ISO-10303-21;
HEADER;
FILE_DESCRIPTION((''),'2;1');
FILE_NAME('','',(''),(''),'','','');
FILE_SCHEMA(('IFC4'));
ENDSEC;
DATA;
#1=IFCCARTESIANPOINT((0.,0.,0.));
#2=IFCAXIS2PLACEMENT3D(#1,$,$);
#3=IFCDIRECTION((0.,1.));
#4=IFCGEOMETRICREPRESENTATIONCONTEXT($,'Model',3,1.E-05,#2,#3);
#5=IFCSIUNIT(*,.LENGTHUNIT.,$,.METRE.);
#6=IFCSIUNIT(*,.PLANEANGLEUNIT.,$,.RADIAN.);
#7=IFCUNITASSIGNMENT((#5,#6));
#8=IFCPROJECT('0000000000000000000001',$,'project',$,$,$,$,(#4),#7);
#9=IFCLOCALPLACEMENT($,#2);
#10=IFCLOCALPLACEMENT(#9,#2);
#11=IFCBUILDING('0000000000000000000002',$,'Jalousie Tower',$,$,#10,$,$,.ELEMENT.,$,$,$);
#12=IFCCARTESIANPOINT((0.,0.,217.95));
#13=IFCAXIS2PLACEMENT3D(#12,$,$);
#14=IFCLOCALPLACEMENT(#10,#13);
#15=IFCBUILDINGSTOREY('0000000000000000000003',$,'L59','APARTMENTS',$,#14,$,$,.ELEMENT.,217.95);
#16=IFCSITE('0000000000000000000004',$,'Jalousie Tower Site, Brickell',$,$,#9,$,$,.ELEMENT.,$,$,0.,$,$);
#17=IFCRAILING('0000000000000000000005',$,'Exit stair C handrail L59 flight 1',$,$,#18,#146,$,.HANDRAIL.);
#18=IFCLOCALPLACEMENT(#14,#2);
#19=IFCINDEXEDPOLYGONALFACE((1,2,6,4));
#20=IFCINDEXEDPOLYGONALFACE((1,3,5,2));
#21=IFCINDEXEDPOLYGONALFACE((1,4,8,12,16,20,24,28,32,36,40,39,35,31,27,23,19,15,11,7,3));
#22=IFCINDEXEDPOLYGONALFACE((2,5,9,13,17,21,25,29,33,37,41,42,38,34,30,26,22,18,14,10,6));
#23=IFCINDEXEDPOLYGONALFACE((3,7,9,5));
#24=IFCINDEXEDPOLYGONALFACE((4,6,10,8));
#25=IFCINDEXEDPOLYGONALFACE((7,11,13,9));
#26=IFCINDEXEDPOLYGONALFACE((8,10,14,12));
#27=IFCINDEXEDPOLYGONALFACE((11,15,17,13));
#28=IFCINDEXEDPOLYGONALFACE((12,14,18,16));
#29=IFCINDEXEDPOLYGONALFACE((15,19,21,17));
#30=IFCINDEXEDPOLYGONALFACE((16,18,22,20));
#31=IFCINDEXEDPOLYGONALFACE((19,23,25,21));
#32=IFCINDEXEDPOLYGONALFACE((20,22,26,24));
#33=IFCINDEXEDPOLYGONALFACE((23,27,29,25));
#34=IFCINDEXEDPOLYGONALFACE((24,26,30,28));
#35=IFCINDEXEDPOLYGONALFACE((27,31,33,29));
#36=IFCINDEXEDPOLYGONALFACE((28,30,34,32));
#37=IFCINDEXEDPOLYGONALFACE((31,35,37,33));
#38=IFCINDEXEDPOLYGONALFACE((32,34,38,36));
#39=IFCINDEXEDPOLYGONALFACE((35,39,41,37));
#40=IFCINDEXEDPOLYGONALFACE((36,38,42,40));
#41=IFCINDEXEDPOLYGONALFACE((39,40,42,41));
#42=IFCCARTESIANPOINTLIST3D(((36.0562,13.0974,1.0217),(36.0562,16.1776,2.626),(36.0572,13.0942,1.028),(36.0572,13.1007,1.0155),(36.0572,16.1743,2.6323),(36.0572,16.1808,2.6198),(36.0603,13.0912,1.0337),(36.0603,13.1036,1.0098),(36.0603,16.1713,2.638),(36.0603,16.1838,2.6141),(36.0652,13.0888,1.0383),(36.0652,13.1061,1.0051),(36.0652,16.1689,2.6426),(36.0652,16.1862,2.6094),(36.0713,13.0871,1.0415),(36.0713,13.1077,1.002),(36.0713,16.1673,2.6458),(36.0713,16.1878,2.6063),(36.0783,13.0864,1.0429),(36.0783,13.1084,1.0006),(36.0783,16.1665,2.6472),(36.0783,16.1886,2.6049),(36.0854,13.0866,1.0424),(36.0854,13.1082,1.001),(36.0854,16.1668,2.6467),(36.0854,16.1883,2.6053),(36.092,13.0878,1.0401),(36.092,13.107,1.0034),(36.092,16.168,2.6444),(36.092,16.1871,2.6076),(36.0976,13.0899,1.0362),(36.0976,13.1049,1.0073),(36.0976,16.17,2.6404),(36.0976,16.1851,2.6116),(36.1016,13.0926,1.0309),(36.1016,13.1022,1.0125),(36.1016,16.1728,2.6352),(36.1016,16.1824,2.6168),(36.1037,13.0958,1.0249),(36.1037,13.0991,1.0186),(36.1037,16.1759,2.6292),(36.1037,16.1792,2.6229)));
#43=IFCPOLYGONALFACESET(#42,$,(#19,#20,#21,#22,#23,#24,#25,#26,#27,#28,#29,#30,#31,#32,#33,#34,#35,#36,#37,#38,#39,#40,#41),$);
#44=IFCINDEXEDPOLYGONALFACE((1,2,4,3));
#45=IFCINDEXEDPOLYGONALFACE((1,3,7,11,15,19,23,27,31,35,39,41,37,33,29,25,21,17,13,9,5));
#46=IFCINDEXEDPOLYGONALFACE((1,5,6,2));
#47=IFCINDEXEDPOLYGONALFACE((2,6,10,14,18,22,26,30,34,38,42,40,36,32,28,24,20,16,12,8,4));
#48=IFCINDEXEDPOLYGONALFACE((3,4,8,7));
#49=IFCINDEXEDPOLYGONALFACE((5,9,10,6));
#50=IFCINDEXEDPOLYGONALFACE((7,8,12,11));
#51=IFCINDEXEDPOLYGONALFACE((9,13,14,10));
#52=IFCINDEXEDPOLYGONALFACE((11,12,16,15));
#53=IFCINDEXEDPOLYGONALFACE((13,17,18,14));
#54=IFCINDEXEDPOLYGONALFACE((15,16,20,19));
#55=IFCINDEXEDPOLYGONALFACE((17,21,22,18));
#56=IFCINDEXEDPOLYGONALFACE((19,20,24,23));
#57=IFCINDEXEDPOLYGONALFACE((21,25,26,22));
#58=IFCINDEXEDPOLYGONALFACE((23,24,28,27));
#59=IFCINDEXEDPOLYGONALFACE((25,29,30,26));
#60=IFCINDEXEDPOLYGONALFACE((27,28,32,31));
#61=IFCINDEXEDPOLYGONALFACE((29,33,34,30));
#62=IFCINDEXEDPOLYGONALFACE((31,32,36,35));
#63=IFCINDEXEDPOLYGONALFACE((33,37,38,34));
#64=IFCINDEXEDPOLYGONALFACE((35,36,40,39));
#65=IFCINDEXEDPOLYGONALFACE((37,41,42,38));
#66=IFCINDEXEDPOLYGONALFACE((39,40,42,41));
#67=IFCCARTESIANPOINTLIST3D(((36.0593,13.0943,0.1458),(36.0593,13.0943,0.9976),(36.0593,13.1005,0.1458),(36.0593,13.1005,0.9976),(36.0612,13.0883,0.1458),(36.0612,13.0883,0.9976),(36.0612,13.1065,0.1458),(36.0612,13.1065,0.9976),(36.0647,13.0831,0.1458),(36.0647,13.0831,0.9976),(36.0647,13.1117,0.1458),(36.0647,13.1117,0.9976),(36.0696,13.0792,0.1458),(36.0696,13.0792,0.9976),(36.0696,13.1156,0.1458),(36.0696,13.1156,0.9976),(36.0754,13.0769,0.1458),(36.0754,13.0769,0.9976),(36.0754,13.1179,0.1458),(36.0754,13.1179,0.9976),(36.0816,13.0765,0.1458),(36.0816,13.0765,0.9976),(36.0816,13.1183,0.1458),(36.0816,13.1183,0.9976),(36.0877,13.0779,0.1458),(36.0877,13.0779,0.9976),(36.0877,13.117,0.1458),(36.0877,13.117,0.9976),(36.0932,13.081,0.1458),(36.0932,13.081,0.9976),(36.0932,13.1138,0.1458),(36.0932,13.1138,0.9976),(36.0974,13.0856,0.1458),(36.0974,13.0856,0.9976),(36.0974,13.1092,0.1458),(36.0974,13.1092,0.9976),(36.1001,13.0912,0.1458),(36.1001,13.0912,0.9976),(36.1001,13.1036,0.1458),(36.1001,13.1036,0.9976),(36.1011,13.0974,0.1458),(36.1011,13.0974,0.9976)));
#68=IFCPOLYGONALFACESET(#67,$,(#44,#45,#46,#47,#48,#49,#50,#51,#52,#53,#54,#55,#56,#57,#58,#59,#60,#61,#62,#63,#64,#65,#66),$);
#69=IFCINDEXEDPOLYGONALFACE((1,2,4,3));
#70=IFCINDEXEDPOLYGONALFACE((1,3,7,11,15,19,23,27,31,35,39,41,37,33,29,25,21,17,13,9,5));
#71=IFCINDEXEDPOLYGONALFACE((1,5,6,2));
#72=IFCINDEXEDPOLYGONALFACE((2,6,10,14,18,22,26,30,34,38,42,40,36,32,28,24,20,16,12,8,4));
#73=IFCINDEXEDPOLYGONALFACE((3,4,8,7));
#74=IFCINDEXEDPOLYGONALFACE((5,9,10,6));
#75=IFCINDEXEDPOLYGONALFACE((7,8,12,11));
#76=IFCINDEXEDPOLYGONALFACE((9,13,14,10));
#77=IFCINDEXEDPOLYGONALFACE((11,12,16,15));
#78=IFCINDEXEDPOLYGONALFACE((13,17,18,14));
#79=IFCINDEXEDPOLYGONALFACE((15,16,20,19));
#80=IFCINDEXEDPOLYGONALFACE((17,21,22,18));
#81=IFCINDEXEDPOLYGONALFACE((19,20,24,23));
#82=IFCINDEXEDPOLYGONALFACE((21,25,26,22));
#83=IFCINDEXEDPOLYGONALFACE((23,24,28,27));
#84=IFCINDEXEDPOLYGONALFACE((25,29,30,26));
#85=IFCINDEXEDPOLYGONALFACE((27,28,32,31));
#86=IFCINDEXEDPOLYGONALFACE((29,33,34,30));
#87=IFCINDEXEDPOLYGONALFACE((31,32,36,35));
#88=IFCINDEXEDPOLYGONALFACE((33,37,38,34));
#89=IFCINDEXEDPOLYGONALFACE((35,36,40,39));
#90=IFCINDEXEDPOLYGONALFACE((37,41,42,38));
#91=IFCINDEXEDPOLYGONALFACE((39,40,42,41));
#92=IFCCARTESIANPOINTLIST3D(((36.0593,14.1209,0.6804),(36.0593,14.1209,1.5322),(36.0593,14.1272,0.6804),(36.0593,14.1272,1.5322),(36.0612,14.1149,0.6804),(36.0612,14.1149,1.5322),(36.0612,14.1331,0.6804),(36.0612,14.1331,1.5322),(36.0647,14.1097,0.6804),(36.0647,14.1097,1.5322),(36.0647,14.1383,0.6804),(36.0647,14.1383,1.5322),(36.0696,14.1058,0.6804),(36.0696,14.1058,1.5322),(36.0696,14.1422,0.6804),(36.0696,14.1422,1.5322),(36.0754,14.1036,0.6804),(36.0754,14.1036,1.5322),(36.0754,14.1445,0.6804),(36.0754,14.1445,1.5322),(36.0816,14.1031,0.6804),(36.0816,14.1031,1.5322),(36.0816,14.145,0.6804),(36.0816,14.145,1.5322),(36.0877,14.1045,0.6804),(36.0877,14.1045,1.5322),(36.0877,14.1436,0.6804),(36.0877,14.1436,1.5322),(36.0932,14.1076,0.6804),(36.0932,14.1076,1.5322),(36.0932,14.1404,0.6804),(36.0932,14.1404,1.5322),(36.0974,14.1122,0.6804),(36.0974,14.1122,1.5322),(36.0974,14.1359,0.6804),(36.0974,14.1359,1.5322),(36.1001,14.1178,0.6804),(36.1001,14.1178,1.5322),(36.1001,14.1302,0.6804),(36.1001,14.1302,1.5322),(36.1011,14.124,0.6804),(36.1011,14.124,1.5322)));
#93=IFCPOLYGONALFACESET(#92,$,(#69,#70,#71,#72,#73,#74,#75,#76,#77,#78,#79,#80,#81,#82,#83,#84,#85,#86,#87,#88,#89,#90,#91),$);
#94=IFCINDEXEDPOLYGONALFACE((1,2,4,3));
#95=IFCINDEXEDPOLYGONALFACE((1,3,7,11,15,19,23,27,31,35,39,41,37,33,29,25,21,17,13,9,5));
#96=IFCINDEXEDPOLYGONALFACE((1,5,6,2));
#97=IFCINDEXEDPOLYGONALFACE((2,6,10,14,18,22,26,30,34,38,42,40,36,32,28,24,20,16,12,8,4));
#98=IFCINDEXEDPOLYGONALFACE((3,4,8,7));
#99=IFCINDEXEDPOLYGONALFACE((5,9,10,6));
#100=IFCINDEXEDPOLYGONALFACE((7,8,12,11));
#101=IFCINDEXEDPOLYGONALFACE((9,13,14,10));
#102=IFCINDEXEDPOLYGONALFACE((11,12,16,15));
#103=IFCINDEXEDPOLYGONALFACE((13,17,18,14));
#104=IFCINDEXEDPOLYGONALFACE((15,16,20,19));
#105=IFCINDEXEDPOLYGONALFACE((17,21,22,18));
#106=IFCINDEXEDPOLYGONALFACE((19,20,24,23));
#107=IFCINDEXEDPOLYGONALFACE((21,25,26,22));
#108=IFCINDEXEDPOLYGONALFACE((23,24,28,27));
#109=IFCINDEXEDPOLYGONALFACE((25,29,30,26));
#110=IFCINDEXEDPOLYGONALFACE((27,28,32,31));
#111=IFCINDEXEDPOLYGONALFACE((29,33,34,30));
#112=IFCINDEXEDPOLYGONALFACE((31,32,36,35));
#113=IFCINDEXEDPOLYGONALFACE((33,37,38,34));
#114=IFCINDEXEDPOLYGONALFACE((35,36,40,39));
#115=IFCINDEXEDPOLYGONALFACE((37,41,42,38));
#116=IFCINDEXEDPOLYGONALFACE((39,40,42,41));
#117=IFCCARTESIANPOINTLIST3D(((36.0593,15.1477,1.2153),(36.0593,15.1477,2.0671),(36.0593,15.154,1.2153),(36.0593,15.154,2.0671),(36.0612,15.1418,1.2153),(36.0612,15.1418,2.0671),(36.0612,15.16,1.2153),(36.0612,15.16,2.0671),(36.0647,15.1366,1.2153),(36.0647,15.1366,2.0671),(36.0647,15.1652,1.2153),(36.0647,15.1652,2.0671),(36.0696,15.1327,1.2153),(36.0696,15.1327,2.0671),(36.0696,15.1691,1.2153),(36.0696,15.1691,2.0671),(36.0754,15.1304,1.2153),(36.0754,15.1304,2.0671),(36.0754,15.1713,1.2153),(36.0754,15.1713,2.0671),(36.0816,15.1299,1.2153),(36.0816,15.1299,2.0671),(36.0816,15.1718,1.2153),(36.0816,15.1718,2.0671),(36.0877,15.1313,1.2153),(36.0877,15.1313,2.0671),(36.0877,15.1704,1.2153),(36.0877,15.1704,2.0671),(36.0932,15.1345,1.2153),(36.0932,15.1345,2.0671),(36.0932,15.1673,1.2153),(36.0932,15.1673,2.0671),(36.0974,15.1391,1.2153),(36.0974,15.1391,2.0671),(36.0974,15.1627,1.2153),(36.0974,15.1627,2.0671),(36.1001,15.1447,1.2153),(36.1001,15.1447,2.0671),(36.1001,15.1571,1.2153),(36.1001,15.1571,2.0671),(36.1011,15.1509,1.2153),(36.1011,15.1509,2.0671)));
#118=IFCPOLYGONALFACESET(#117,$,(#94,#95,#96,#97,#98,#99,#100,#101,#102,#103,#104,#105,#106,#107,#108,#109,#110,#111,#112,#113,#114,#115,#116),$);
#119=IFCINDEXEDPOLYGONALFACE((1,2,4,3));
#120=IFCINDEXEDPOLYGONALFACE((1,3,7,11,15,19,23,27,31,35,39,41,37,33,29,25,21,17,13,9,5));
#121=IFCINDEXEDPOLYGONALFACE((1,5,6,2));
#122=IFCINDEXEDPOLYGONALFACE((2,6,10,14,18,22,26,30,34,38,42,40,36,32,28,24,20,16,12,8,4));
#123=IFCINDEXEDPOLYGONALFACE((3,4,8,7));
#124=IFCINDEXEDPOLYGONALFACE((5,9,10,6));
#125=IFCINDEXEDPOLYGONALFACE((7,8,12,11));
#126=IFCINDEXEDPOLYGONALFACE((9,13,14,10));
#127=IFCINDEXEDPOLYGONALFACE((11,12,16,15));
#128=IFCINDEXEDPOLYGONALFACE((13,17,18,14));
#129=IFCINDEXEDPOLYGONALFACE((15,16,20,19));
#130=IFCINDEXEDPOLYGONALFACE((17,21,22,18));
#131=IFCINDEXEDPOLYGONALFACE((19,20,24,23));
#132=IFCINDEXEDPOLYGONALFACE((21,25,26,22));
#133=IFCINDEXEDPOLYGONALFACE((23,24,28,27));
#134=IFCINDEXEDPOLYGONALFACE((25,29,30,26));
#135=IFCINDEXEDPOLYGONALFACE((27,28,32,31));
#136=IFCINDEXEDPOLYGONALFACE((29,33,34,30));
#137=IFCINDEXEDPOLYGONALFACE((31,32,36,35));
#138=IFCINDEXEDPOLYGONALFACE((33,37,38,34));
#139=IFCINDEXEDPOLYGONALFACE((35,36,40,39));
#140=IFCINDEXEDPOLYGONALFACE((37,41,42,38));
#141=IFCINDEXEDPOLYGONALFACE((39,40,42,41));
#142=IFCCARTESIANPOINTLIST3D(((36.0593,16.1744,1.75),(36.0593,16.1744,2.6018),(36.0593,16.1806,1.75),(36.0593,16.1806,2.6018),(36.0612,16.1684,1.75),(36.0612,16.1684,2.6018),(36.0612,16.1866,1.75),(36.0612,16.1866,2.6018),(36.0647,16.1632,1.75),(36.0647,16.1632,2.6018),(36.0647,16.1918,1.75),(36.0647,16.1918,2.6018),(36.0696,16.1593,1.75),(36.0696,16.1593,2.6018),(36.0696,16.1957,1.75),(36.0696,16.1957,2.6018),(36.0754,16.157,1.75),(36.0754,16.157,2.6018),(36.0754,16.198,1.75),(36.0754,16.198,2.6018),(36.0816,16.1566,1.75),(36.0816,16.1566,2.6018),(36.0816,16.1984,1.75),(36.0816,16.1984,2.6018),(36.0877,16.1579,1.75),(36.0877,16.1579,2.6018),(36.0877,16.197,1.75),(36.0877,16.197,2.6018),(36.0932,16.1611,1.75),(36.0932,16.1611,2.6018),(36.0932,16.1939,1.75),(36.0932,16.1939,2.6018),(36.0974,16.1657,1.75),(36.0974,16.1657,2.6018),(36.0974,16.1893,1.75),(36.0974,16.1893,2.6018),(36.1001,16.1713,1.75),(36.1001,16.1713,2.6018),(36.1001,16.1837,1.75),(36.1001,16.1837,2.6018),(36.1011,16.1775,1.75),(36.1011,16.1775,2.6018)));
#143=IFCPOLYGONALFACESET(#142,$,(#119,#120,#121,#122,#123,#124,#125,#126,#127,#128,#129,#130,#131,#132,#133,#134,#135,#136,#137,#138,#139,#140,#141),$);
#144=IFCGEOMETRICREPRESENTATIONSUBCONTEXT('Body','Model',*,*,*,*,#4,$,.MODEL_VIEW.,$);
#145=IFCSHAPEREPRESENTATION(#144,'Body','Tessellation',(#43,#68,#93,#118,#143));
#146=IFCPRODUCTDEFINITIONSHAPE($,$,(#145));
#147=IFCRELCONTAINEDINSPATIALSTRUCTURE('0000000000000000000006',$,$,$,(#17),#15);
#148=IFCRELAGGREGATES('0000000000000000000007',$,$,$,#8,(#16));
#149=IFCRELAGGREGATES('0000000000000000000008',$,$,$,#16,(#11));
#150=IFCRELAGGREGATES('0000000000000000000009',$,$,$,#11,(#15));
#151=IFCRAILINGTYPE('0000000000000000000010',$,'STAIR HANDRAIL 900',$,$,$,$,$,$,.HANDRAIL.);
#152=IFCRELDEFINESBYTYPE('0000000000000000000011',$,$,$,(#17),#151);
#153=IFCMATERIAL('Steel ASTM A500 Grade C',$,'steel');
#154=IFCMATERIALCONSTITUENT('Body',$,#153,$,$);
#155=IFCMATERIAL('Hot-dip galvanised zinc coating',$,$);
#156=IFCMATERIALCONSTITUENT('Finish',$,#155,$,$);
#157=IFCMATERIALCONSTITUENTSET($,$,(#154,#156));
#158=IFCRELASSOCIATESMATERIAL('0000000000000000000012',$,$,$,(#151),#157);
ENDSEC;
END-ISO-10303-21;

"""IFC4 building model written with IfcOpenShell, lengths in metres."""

from ifc_helpers import new_model, si_unit, direction, frame, origin, origin_2d, place, context, subcontext, project, spatial, circle, extrude, material, constituent, constituent_set, type_object, element, save


model = new_model("IFC4")

# Units and contexts
model_context = context("Model", 3, precision=1e-05, world=origin(), true_north=direction((0.0, 1.0)))
body_context = subcontext(model_context, "Body", "Model", "MODEL_VIEW")
ifc_project = project(units=[si_unit("LENGTHUNIT", "METRE"), si_unit("PLANEANGLEUNIT", "RADIAN")], contexts=[model_context])

# Site, building, storey
site_placement = place(None, origin())
site = spatial("IfcSite", under=ifc_project, at=site_placement, Name="Jalousie Tower Site, Brickell", CompositionType="ELEMENT", RefElevation=0.0)
building_placement = place(site_placement, origin())
building = spatial("IfcBuilding", under=site, at=building_placement, Name="Jalousie Tower", CompositionType="ELEMENT")
storey_placement = place(building_placement, frame((0.0, 0.0, 217.95)))
storey = spatial("IfcBuildingStorey", under=building, at=storey_placement, Name="L59", Description="APARTMENTS", CompositionType="ELEMENT", Elevation=217.95)

# Railing
ifc_material_1 = material(Name="Steel ASTM A500 Grade C", Category="steel")
ifc_constituent_1 = constituent(ifc_material_1, Name="Body")
ifc_material_2 = material(Name="Hot-dip galvanised zinc coating")
ifc_constituent_2 = constituent(ifc_material_2, Name="Finish")
ifc_constituent_set_1 = constituent_set(constituents=[ifc_constituent_1, ifc_constituent_2])
railing_type_1 = type_object("IfcRailingType", Name="STAIR HANDRAIL 900", PredefinedType="HANDRAIL", material=ifc_constituent_set_1)
railing_1_placement = place(storey_placement, frame((36.0801, 13.0974, 0.1458)))
element("IfcRailing", 1, at=railing_1_placement, inside=storey, type_object=railing_type_1, Name="Exit stair C handrail L59 flight 1", PredefinedType="HANDRAIL", context=body_context, shape_type="SweptSolid", body=[
    extrude(circle(Radius=0.0239, at=origin_2d()), frame((0.0, 0.0, 0.876), z_axis=(0.0, 0.886909, 0.461944), x_axis=(-1.0, 0.0, 0.0)), (0.0, 0.0, 1.0), 3.4729),
    extrude(circle(Radius=0.021, at=origin_2d()), origin(), (0.0, 0.0, 1.0), 0.8518),
    extrude(circle(Radius=0.021, at=origin_2d()), frame((0.0, 1.0266, 0.5347)), (0.0, 0.0, 1.0), 0.8518),
    extrude(circle(Radius=0.021, at=origin_2d()), frame((0.0, 2.0535, 1.0696)), (0.0, 0.0, 1.0), 0.8518),
    extrude(circle(Radius=0.021, at=origin_2d()), frame((0.0, 3.0801, 1.6042)), (0.0, 0.0, 1.0), 0.8518),
])

save(model, "model.ifc")
